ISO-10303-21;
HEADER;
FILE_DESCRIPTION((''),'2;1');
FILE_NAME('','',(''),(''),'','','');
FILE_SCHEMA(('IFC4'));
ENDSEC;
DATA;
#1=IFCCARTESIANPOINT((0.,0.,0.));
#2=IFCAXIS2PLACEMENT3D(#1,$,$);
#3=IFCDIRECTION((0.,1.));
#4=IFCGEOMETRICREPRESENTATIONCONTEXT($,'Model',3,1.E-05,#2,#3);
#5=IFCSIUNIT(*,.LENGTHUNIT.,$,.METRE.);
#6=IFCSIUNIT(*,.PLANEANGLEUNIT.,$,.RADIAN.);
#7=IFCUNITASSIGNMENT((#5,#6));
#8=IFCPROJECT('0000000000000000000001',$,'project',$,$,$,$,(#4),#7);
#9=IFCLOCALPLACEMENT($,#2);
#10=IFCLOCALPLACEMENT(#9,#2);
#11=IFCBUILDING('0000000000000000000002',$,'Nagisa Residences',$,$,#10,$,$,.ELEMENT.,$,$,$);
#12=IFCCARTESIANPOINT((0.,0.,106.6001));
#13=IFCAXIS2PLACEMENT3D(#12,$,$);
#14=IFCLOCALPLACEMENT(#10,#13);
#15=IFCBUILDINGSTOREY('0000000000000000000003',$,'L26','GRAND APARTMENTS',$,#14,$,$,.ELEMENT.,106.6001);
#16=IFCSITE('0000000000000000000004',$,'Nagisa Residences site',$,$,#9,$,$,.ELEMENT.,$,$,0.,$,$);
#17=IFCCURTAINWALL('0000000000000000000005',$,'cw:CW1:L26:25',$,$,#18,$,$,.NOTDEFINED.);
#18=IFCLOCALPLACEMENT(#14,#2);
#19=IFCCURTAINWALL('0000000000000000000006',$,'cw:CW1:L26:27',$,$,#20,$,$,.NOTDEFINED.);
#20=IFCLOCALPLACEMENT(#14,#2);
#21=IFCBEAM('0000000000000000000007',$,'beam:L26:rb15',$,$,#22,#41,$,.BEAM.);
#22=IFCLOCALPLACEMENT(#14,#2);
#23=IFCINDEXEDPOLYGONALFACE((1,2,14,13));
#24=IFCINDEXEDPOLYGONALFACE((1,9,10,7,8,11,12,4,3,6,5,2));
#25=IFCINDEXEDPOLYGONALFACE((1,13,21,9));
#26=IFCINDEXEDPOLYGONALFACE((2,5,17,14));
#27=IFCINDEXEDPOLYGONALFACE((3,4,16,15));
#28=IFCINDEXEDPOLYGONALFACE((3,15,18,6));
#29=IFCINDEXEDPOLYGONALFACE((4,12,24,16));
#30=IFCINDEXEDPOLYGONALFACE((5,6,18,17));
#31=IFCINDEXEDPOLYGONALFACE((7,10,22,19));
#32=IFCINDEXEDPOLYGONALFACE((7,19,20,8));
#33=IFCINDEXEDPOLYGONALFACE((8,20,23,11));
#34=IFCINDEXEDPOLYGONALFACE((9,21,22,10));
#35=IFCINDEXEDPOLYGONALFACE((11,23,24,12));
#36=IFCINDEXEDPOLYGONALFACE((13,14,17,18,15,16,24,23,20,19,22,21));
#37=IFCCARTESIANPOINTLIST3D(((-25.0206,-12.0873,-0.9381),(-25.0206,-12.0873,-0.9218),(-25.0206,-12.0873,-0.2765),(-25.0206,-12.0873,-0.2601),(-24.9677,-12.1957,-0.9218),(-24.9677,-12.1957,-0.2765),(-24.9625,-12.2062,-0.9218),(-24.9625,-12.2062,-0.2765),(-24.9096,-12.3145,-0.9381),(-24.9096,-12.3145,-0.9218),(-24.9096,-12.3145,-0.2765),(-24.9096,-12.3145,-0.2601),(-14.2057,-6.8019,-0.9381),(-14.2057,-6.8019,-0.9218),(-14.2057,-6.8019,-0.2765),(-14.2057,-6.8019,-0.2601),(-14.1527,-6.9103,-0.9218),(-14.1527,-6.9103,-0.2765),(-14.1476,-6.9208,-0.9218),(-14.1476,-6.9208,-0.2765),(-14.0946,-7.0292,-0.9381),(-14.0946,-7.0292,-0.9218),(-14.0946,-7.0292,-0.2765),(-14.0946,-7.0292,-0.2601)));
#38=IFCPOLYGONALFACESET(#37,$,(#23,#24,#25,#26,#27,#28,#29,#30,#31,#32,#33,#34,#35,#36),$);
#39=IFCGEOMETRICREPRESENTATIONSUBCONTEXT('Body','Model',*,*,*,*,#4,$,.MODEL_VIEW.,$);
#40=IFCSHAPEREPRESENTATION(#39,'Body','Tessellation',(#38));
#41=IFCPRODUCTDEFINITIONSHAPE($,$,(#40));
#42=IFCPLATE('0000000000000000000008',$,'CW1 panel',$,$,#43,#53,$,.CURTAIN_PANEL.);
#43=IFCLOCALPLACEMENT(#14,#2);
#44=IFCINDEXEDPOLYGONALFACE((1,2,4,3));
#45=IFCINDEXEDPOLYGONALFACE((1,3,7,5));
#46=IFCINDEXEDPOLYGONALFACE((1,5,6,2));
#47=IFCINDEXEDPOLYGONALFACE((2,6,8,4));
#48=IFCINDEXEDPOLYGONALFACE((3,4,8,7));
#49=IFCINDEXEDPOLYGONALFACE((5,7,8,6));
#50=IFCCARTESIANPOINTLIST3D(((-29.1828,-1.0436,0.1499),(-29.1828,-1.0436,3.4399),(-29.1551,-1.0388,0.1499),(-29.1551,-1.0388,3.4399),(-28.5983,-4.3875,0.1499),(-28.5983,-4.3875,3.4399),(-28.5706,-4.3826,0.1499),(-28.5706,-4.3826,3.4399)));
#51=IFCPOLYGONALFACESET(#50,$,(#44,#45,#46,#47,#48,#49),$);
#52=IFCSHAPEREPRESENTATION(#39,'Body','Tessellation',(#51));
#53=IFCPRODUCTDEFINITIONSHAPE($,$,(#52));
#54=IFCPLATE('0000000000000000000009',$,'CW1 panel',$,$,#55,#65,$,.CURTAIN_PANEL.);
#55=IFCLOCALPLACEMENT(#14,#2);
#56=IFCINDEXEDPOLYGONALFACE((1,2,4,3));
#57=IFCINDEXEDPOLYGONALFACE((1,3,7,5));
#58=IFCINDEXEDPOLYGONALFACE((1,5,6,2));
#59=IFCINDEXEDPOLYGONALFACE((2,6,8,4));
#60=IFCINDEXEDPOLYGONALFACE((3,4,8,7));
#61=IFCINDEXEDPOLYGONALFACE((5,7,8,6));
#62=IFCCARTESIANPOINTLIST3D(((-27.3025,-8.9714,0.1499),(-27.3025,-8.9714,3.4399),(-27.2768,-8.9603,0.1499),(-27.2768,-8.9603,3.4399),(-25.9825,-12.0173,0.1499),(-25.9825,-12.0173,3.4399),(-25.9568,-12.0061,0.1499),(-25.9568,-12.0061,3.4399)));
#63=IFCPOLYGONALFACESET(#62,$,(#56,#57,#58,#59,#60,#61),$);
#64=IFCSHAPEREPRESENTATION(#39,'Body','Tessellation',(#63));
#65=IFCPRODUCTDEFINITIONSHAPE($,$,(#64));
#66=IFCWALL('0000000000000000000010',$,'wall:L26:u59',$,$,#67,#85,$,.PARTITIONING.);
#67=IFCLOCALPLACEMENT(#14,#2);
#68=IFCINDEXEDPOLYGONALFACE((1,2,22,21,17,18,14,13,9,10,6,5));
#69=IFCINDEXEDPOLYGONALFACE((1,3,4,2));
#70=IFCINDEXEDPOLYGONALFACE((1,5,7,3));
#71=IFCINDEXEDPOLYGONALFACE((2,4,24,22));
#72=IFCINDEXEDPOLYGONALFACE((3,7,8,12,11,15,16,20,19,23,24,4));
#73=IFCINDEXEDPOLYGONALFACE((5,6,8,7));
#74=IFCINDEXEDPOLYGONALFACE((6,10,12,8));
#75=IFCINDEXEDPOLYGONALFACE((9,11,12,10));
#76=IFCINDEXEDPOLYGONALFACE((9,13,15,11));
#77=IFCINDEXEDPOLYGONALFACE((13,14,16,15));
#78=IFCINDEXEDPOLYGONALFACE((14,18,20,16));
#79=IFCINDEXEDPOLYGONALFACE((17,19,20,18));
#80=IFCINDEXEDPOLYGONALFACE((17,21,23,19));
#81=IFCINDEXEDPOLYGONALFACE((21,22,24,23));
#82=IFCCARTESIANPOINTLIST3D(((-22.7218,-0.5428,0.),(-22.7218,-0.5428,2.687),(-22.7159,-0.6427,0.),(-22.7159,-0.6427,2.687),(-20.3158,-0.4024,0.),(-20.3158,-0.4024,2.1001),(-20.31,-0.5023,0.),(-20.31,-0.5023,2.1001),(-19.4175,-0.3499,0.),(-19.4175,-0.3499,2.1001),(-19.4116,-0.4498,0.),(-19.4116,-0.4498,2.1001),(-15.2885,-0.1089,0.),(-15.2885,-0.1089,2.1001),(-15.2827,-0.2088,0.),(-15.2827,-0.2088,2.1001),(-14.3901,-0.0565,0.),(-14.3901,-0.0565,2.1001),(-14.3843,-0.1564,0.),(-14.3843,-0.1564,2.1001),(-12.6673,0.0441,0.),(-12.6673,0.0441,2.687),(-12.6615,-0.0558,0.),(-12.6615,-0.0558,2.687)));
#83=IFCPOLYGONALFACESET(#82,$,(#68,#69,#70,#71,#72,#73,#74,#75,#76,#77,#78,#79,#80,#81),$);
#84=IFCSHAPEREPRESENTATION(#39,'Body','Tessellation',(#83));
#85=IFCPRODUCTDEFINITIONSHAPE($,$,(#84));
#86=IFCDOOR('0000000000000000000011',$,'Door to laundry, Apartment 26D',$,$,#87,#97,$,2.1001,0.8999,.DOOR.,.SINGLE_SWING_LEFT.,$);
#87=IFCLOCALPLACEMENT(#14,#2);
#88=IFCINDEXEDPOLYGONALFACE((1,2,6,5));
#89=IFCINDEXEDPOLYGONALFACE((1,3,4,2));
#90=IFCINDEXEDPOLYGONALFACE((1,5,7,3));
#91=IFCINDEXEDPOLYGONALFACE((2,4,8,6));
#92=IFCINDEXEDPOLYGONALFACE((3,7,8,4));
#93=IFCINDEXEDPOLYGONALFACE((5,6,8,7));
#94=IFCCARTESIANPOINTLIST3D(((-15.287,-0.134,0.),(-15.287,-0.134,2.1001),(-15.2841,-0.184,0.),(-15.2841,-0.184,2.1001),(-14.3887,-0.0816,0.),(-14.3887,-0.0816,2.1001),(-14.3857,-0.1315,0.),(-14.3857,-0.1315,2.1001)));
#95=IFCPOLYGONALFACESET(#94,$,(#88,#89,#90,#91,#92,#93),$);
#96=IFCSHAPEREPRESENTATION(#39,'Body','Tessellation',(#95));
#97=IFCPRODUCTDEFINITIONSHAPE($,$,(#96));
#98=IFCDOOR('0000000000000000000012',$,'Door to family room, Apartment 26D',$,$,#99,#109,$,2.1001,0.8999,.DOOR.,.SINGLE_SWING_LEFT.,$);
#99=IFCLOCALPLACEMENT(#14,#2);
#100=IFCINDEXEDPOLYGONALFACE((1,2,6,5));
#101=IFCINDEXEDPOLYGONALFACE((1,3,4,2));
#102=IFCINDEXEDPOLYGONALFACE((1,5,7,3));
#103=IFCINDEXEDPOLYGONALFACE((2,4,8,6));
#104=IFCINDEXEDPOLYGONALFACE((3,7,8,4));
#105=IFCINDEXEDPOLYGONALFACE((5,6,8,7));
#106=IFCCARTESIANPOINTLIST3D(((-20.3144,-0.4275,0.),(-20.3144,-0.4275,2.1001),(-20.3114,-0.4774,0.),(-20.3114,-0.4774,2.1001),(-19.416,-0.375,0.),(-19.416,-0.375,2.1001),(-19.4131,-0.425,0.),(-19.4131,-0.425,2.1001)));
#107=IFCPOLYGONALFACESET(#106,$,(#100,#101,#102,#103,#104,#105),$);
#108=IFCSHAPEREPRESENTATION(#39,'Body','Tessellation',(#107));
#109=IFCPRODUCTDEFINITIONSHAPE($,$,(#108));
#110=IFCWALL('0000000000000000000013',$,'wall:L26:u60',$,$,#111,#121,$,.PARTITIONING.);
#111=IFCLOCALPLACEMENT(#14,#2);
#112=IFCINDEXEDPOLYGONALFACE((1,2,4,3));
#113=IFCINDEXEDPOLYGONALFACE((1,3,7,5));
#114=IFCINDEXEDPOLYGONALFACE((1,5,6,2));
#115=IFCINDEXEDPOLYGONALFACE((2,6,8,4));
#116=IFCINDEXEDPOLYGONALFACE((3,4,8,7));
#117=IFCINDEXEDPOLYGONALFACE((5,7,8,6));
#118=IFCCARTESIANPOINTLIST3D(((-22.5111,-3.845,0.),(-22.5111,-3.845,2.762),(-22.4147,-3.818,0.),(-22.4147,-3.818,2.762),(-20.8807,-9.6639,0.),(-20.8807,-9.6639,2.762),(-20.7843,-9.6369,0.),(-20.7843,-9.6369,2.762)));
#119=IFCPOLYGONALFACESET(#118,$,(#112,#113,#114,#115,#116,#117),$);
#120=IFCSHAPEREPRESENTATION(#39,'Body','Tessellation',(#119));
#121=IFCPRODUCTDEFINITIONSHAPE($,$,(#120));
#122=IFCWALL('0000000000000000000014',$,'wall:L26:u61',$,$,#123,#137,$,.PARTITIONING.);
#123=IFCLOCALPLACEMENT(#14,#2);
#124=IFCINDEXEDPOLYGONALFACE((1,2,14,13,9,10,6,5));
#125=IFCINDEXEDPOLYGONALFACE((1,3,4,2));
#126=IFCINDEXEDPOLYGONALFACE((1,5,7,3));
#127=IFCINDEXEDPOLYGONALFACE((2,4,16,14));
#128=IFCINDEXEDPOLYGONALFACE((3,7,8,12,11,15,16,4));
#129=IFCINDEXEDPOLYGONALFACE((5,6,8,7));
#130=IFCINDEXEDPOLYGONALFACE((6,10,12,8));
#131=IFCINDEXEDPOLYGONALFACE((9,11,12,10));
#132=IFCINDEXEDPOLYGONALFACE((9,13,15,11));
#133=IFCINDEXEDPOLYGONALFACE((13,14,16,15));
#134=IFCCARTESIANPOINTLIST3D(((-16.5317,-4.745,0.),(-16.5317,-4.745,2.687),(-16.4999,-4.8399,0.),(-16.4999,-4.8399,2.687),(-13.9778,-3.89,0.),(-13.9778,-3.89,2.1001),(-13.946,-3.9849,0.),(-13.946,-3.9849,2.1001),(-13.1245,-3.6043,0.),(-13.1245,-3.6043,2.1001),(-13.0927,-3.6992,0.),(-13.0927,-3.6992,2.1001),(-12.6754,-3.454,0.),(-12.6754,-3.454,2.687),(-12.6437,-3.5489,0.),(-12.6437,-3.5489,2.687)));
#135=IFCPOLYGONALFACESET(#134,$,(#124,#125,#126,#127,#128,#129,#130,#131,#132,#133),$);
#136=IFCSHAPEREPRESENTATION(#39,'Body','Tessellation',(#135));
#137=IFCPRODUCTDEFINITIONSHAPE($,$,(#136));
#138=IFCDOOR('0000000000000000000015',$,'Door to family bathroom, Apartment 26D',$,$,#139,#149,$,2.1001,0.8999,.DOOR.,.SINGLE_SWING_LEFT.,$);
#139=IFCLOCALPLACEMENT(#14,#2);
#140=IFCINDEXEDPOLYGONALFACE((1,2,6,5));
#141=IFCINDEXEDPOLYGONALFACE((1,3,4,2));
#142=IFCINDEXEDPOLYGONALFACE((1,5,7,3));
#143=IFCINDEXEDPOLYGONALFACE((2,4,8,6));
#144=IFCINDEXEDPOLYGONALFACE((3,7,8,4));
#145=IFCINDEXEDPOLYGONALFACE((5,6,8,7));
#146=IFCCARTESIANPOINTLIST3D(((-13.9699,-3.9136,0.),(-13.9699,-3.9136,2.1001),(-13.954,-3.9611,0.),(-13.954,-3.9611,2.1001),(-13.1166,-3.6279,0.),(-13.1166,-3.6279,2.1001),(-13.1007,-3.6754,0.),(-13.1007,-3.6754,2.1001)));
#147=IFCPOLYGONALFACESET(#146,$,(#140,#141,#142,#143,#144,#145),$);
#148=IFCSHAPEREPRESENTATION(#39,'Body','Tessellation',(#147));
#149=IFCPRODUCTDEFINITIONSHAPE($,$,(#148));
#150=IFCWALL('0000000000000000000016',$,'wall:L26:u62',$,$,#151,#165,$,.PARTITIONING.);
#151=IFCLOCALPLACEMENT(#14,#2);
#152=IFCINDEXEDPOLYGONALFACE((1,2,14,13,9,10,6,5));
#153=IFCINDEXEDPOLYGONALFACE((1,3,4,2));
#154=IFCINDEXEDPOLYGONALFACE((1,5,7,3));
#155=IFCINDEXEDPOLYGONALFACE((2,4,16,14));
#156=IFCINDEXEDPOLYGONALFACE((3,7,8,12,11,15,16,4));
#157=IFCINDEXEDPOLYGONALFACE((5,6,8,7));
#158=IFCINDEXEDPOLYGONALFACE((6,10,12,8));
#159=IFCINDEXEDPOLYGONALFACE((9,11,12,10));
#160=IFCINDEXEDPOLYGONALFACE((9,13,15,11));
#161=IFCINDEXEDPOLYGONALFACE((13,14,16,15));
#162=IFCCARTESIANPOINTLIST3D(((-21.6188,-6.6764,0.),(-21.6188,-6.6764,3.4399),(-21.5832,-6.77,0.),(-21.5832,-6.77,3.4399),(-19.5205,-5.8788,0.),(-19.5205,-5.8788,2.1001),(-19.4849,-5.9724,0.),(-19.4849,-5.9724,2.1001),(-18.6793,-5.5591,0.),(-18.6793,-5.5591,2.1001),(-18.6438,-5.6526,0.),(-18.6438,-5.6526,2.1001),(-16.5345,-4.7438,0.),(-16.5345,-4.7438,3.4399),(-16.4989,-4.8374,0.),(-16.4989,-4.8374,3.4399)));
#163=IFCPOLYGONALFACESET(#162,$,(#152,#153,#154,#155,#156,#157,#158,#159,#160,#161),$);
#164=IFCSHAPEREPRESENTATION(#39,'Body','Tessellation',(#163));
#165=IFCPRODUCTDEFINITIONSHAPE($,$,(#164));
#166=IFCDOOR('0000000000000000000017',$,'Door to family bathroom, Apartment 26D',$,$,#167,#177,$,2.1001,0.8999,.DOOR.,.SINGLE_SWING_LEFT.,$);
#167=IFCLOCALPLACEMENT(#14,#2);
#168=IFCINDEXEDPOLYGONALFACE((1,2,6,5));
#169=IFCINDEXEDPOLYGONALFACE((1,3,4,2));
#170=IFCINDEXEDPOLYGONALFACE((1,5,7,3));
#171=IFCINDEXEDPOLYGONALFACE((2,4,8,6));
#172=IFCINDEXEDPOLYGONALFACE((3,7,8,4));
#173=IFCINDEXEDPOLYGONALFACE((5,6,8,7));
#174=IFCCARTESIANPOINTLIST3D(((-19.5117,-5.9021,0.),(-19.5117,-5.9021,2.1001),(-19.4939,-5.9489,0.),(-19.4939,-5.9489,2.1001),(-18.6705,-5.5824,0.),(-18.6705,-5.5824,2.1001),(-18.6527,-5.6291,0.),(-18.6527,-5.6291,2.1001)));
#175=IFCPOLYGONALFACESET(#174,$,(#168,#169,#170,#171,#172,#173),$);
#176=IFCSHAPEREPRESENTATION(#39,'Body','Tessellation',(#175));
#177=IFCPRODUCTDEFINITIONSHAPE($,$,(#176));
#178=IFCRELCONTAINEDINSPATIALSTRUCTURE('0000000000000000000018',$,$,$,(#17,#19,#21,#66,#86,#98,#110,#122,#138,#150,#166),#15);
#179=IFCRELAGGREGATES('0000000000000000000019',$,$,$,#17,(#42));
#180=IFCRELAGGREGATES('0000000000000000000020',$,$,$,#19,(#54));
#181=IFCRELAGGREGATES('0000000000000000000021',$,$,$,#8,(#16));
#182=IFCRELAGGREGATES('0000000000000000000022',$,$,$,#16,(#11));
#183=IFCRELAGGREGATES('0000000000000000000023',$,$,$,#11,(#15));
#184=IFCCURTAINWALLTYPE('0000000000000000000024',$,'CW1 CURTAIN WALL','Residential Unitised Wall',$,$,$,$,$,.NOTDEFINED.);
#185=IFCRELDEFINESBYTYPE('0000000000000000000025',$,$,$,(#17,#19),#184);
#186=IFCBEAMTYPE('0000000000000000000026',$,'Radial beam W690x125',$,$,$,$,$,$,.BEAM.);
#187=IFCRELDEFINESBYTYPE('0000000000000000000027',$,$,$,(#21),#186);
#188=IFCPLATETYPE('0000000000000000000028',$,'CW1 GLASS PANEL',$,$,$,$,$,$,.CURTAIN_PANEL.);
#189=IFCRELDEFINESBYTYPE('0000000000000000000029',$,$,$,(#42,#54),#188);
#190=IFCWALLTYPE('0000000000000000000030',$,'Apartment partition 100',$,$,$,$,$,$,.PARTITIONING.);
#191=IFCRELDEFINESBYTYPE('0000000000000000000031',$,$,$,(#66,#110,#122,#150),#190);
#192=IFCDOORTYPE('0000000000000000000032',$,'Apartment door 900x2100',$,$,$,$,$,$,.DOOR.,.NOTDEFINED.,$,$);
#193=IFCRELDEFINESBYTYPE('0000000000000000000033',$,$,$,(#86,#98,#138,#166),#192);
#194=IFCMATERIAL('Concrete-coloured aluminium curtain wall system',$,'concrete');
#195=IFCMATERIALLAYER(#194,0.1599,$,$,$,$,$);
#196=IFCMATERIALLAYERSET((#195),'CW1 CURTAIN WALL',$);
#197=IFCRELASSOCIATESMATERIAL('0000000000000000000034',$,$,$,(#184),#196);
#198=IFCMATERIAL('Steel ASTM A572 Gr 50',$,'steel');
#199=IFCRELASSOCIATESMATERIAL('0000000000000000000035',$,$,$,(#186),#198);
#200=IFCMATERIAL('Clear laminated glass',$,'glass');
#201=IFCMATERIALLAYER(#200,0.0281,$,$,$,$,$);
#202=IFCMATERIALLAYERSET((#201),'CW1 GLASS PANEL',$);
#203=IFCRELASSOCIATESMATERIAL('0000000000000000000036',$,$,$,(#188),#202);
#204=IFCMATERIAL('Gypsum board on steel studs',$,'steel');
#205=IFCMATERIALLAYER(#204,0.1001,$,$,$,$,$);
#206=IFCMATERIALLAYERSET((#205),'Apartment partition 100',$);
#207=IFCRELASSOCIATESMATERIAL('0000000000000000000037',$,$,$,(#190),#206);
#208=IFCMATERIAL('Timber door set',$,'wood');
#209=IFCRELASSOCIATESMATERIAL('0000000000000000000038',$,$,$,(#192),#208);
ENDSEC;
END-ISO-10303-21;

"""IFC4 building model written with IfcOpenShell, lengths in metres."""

from ifc_helpers import new_model, si_unit, direction, frame, frame_2d, origin, origin_2d, place, context, subcontext, project, spatial, rectangle, i_section, extrude, material, layer, layer_set, material_profile, profile_set, type_object, element, fill, aggregate, save


model = new_model("IFC4")

# Units and contexts
model_context = context("Model", 3, precision=1e-05, world=origin(), true_north=direction((0.0, 1.0)))
body_context = subcontext(model_context, "Body", "Model", "MODEL_VIEW")
ifc_project = project(units=[si_unit("LENGTHUNIT", "METRE"), si_unit("PLANEANGLEUNIT", "RADIAN")], contexts=[model_context])

# Site, building, storey
site_placement = place(None, origin())
site = spatial("IfcSite", under=ifc_project, at=site_placement, Name="Nagisa Residences site", CompositionType="ELEMENT", RefElevation=0.0)
building_placement = place(site_placement, origin())
building = spatial("IfcBuilding", under=site, at=building_placement, Name="Nagisa Residences", CompositionType="ELEMENT")
storey_placement = place(building_placement, frame((0.0, 0.0, 106.6001)))
storey = spatial("IfcBuildingStorey", under=building, at=storey_placement, Name="L26", Description="GRAND APARTMENTS", CompositionType="ELEMENT", Elevation=106.6001)

# Curtain walls
ifc_material_1 = material(Name="Concrete-coloured aluminium curtain wall system", Category="concrete")
ifc_layer_1 = layer(ifc_material_1, 0.1599)
ifc_layer_set_1 = layer_set([ifc_layer_1], Name="CW1 CURTAIN WALL")
curtain_wall_type = type_object("IfcCurtainWallType", Name="CW1 CURTAIN WALL", Description="Residential Unitised Wall", PredefinedType="NOTDEFINED", material=ifc_layer_set_1)
curtain_wall_1_placement = place(storey_placement, origin())
curtain_wall_1 = element("IfcCurtainWall", 1, at=curtain_wall_1_placement, inside=storey, type_object=curtain_wall_type, Name="cw:CW1:L26:25", PredefinedType="NOTDEFINED")
curtain_wall_2_placement = place(storey_placement, origin())
curtain_wall_2 = element("IfcCurtainWall", 2, at=curtain_wall_2_placement, inside=storey, type_object=curtain_wall_type, Name="cw:CW1:L26:27", PredefinedType="NOTDEFINED")

# Beam
ifc_material_2 = material(Name="Steel ASTM A572 Gr 50", Category="steel")
ifc_material_profile_1 = material_profile(ifc_material_2, i_section(OverallWidth=0.2529, OverallDepth=0.678, WebThickness=0.0117, FlangeThickness=0.0164, at=origin_2d()), Name="W690x125")
ifc_profile_set_1 = profile_set([ifc_material_profile_1], Name="Steel ASTM A572 Gr 50")
beam_type_1 = type_object("IfcBeamType", Name="Radial beam W690x125", PredefinedType="BEAM", material=ifc_profile_set_1)
beam_1_placement = place(storey_placement, frame((-24.9651, -12.2009, -0.5991), z_axis=(0.898447, 0.439082, 0.0), x_axis=(-0.439082, 0.898447, 0.0)))
element("IfcBeam", 3, at=beam_1_placement, inside=storey, type_object=beam_type_1, Name="beam:L26:rb15", PredefinedType="BEAM", context=body_context, shape_type="SweptSolid", body=[
    extrude(i_section(OverallWidth=0.2529, OverallDepth=0.678, WebThickness=0.0117, FlangeThickness=0.0164, at=origin_2d()), origin(), (0.0, 0.0, 1.0), 12.0374),
])

# Plates
ifc_material_3 = material(Name="Clear laminated glass", Category="glass")
ifc_layer_2 = layer(ifc_material_3, 0.0281)
ifc_layer_set_2 = layer_set([ifc_layer_2], Name="CW1 GLASS PANEL")
plate_type = type_object("IfcPlateType", Name="CW1 GLASS PANEL", PredefinedType="CURTAIN_PANEL", material=ifc_layer_set_2)
plate_1_placement = place(storey_placement, frame((-28.8767, -2.7131, 0.1499), z_axis=(0.0, 0.0, 1.0), x_axis=(0.172191, -0.985064, 0.0)))
plate_1 = element("IfcPlate", 4, at=plate_1_placement, type_object=plate_type, Name="CW1 panel", PredefinedType="CURTAIN_PANEL", context=body_context, shape_type="SweptSolid", body=[
    extrude(rectangle(XDim=3.3945, YDim=0.0281, at=origin_2d()), origin(), (0.0, 0.0, 1.0), 3.29),
])
aggregate(curtain_wall_1, [plate_1])
plate_2_placement = place(storey_placement, frame((-26.6296, -10.4888, 0.1499), z_axis=(0.0, 0.0, 1.0), x_axis=(0.397636, -0.917543, 0.0)))
plate_2 = element("IfcPlate", 5, at=plate_2_placement, type_object=plate_type, Name="CW1 panel", PredefinedType="CURTAIN_PANEL", context=body_context, shape_type="SweptSolid", body=[
    extrude(rectangle(XDim=3.3196, YDim=0.0281, at=origin_2d()), origin(), (0.0, 0.0, 1.0), 3.29),
])
aggregate(curtain_wall_2, [plate_2])

# Wall, openings, doors
ifc_material_4 = material(Name="Gypsum board on steel studs", Category="steel")
ifc_layer_3 = layer(ifc_material_4, 0.1001)
ifc_layer_set_3 = layer_set([ifc_layer_3], Name="Apartment partition 100")
wall_type_1 = type_object("IfcWallType", Name="Apartment partition 100", PredefinedType="PARTITIONING", material=ifc_layer_set_3)
wall_1_placement = place(storey_placement, frame((-12.6646, -0.0059, 0.0), z_axis=(0.0, 0.0, 1.0), x_axis=(-0.998301, -0.058274, 0.0)))
wall_1 = element("IfcWall", 6, at=wall_1_placement, inside=storey, type_object=wall_type_1, Name="wall:L26:u59", PredefinedType="PARTITIONING", context=body_context, shape_type="SweptSolid", body=[
    extrude(rectangle(XDim=10.0715, YDim=0.1001, at=frame_2d((5.0356, 0.0))), origin(), (0.0, 0.0, 1.0), 2.687),
])
opening_1_placement = place(wall_1_placement, frame((1.7256, 0.0, 0.0)))
opening_1 = element("IfcOpeningElement", 7, at=opening_1_placement, cuts=wall_1, PredefinedType="OPENING", context=body_context, shape_type="SweptSolid", body=[
    extrude(rectangle(XDim=0.8999, YDim=2.1001, at=frame_2d((0.45, 1.05))), frame((0.0, 0.0601, 0.0), z_axis=(0.0, -1.0, 0.0), x_axis=(1.0, 0.0, 0.0)), (0.0, 0.0, 1.0), 0.1201),
])
opening_2_placement = place(wall_1_placement, frame((6.7615, 0.0, 0.0)))
opening_2 = element("IfcOpeningElement", 8, at=opening_2_placement, cuts=wall_1, PredefinedType="OPENING", context=body_context, shape_type="SweptSolid", body=[
    extrude(rectangle(XDim=0.8999, YDim=2.1001, at=frame_2d((0.45, 1.05))), frame((0.0, 0.0601, 0.0), z_axis=(0.0, -1.0, 0.0), x_axis=(1.0, 0.0, 0.0)), (0.0, 0.0, 1.0), 0.1201),
])
ifc_material_5 = material(Name="Timber door set", Category="wood")
door_type_1 = type_object("IfcDoorType", Name="Apartment door 900x2100", OperationType="NOTDEFINED", PredefinedType="DOOR", material=ifc_material_5)
door_1_placement = place(opening_1_placement, frame((0.8999, 0.0, 0.0), x_axis=(-1.0, 0.0, 0.0)))
door_1 = element("IfcDoor", 9, at=door_1_placement, inside=storey, type_object=door_type_1, Name="Door to laundry, Apartment 26D", OperationType="SINGLE_SWING_LEFT", OverallHeight=2.1001, OverallWidth=0.8999, PredefinedType="DOOR", context=body_context, shape_type="SweptSolid", body=[
    extrude(rectangle(XDim=0.8999, YDim=2.1001, at=frame_2d((0.45, 1.05))), frame((0.0, 0.0249, 0.0), z_axis=(0.0, -1.0, 0.0), x_axis=(1.0, 0.0, 0.0)), (0.0, 0.0, 1.0), 0.05),
])
fill(opening_1, door_1)
door_2_placement = place(opening_2_placement, frame((0.8999, 0.0, 0.0), x_axis=(-1.0, 0.0, 0.0)))
door_2 = element("IfcDoor", 10, at=door_2_placement, inside=storey, type_object=door_type_1, Name="Door to family room, Apartment 26D", OperationType="SINGLE_SWING_LEFT", OverallHeight=2.1001, OverallWidth=0.8999, PredefinedType="DOOR", context=body_context, shape_type="SweptSolid", body=[
    extrude(rectangle(XDim=0.8999, YDim=2.1001, at=frame_2d((0.45, 1.05))), frame((0.0, 0.0249, 0.0), z_axis=(0.0, -1.0, 0.0), x_axis=(1.0, 0.0, 0.0)), (0.0, 0.0, 1.0), 0.05),
])
fill(opening_2, door_2)

# Wall
wall_2_placement = place(storey_placement, frame((-22.4629, -3.8315, 0.0), z_axis=(0.0, 0.0, 1.0), x_axis=(0.269798, -0.962917, 0.0)))
element("IfcWall", 11, at=wall_2_placement, inside=storey, type_object=wall_type_1, Name="wall:L26:u60", PredefinedType="PARTITIONING", context=body_context, shape_type="SweptSolid", body=[
    extrude(rectangle(XDim=6.043, YDim=0.1001, at=frame_2d((3.0215, 0.0))), origin(), (0.0, 0.0, 1.0), 2.762),
])

# Walls, openings, doors
wall_3_placement = place(storey_placement, frame((-12.6597, -3.5015, 0.0), z_axis=(0.0, 0.0, 1.0), x_axis=(-0.948268, -0.31747, 0.0)))
wall_3 = element("IfcWall", 12, at=wall_3_placement, inside=storey, type_object=wall_type_1, Name="wall:L26:u61", PredefinedType="PARTITIONING", context=body_context, shape_type="SweptSolid", body=[
    extrude(rectangle(XDim=4.0667, YDim=0.1001, at=frame_2d((2.0332, 0.0))), origin(), (0.0, 0.0, 1.0), 2.687),
])
opening_3_placement = place(wall_3_placement, frame((0.4734, 0.0, 0.0)))
opening_3 = element("IfcOpeningElement", 13, at=opening_3_placement, cuts=wall_3, PredefinedType="OPENING", context=body_context, shape_type="SweptSolid", body=[
    extrude(rectangle(XDim=0.8999, YDim=2.1001, at=frame_2d((0.45, 1.05))), frame((0.0, 0.0601, 0.0), z_axis=(0.0, -1.0, 0.0), x_axis=(1.0, 0.0, 0.0)), (0.0, 0.0, 1.0), 0.1201),
])
door_3_placement = place(opening_3_placement, origin())
door_3 = element("IfcDoor", 14, at=door_3_placement, inside=storey, type_object=door_type_1, Name="Door to family bathroom, Apartment 26D", OperationType="SINGLE_SWING_LEFT", OverallHeight=2.1001, OverallWidth=0.8999, PredefinedType="DOOR", context=body_context, shape_type="SweptSolid", body=[
    extrude(rectangle(XDim=0.8999, YDim=2.1001, at=frame_2d((0.45, 1.05))), frame((0.0, 0.0249, 0.0), z_axis=(0.0, -1.0, 0.0), x_axis=(1.0, 0.0, 0.0)), (0.0, 0.0, 1.0), 0.05),
])
fill(opening_3, door_3)
wall_4_placement = place(storey_placement, frame((-16.5166, -4.7905, 0.0), z_axis=(0.0, 0.0, 1.0), x_axis=(-0.934746, -0.355316, 0.0)))
wall_4 = element("IfcWall", 15, at=wall_4_placement, inside=storey, type_object=wall_type_1, Name="wall:L26:u62", PredefinedType="PARTITIONING", context=body_context, shape_type="SweptSolid", body=[
    extrude(rectangle(XDim=5.4392, YDim=0.1001, at=frame_2d((2.7197, 0.0))), origin(), (0.0, 0.0, 1.0), 3.4399),
])
opening_4_placement = place(wall_4_placement, frame((2.2947, 0.0, 0.0)))
opening_4 = element("IfcOpeningElement", 16, at=opening_4_placement, cuts=wall_4, PredefinedType="OPENING", context=body_context, shape_type="SweptSolid", body=[
    extrude(rectangle(XDim=0.8999, YDim=2.1001, at=frame_2d((0.45, 1.05))), frame((0.0, 0.0601, 0.0), z_axis=(0.0, -1.0, 0.0), x_axis=(1.0, 0.0, 0.0)), (0.0, 0.0, 1.0), 0.1201),
])
door_4_placement = place(opening_4_placement, origin())
door_4 = element("IfcDoor", 17, at=door_4_placement, inside=storey, type_object=door_type_1, Name="Door to family bathroom, Apartment 26D", OperationType="SINGLE_SWING_LEFT", OverallHeight=2.1001, OverallWidth=0.8999, PredefinedType="DOOR", context=body_context, shape_type="SweptSolid", body=[
    extrude(rectangle(XDim=0.8999, YDim=2.1001, at=frame_2d((0.45, 1.05))), frame((0.0, 0.0249, 0.0), z_axis=(0.0, -1.0, 0.0), x_axis=(1.0, 0.0, 0.0)), (0.0, 0.0, 1.0), 0.05),
])
fill(opening_4, door_4)

save(model, "model.ifc")
